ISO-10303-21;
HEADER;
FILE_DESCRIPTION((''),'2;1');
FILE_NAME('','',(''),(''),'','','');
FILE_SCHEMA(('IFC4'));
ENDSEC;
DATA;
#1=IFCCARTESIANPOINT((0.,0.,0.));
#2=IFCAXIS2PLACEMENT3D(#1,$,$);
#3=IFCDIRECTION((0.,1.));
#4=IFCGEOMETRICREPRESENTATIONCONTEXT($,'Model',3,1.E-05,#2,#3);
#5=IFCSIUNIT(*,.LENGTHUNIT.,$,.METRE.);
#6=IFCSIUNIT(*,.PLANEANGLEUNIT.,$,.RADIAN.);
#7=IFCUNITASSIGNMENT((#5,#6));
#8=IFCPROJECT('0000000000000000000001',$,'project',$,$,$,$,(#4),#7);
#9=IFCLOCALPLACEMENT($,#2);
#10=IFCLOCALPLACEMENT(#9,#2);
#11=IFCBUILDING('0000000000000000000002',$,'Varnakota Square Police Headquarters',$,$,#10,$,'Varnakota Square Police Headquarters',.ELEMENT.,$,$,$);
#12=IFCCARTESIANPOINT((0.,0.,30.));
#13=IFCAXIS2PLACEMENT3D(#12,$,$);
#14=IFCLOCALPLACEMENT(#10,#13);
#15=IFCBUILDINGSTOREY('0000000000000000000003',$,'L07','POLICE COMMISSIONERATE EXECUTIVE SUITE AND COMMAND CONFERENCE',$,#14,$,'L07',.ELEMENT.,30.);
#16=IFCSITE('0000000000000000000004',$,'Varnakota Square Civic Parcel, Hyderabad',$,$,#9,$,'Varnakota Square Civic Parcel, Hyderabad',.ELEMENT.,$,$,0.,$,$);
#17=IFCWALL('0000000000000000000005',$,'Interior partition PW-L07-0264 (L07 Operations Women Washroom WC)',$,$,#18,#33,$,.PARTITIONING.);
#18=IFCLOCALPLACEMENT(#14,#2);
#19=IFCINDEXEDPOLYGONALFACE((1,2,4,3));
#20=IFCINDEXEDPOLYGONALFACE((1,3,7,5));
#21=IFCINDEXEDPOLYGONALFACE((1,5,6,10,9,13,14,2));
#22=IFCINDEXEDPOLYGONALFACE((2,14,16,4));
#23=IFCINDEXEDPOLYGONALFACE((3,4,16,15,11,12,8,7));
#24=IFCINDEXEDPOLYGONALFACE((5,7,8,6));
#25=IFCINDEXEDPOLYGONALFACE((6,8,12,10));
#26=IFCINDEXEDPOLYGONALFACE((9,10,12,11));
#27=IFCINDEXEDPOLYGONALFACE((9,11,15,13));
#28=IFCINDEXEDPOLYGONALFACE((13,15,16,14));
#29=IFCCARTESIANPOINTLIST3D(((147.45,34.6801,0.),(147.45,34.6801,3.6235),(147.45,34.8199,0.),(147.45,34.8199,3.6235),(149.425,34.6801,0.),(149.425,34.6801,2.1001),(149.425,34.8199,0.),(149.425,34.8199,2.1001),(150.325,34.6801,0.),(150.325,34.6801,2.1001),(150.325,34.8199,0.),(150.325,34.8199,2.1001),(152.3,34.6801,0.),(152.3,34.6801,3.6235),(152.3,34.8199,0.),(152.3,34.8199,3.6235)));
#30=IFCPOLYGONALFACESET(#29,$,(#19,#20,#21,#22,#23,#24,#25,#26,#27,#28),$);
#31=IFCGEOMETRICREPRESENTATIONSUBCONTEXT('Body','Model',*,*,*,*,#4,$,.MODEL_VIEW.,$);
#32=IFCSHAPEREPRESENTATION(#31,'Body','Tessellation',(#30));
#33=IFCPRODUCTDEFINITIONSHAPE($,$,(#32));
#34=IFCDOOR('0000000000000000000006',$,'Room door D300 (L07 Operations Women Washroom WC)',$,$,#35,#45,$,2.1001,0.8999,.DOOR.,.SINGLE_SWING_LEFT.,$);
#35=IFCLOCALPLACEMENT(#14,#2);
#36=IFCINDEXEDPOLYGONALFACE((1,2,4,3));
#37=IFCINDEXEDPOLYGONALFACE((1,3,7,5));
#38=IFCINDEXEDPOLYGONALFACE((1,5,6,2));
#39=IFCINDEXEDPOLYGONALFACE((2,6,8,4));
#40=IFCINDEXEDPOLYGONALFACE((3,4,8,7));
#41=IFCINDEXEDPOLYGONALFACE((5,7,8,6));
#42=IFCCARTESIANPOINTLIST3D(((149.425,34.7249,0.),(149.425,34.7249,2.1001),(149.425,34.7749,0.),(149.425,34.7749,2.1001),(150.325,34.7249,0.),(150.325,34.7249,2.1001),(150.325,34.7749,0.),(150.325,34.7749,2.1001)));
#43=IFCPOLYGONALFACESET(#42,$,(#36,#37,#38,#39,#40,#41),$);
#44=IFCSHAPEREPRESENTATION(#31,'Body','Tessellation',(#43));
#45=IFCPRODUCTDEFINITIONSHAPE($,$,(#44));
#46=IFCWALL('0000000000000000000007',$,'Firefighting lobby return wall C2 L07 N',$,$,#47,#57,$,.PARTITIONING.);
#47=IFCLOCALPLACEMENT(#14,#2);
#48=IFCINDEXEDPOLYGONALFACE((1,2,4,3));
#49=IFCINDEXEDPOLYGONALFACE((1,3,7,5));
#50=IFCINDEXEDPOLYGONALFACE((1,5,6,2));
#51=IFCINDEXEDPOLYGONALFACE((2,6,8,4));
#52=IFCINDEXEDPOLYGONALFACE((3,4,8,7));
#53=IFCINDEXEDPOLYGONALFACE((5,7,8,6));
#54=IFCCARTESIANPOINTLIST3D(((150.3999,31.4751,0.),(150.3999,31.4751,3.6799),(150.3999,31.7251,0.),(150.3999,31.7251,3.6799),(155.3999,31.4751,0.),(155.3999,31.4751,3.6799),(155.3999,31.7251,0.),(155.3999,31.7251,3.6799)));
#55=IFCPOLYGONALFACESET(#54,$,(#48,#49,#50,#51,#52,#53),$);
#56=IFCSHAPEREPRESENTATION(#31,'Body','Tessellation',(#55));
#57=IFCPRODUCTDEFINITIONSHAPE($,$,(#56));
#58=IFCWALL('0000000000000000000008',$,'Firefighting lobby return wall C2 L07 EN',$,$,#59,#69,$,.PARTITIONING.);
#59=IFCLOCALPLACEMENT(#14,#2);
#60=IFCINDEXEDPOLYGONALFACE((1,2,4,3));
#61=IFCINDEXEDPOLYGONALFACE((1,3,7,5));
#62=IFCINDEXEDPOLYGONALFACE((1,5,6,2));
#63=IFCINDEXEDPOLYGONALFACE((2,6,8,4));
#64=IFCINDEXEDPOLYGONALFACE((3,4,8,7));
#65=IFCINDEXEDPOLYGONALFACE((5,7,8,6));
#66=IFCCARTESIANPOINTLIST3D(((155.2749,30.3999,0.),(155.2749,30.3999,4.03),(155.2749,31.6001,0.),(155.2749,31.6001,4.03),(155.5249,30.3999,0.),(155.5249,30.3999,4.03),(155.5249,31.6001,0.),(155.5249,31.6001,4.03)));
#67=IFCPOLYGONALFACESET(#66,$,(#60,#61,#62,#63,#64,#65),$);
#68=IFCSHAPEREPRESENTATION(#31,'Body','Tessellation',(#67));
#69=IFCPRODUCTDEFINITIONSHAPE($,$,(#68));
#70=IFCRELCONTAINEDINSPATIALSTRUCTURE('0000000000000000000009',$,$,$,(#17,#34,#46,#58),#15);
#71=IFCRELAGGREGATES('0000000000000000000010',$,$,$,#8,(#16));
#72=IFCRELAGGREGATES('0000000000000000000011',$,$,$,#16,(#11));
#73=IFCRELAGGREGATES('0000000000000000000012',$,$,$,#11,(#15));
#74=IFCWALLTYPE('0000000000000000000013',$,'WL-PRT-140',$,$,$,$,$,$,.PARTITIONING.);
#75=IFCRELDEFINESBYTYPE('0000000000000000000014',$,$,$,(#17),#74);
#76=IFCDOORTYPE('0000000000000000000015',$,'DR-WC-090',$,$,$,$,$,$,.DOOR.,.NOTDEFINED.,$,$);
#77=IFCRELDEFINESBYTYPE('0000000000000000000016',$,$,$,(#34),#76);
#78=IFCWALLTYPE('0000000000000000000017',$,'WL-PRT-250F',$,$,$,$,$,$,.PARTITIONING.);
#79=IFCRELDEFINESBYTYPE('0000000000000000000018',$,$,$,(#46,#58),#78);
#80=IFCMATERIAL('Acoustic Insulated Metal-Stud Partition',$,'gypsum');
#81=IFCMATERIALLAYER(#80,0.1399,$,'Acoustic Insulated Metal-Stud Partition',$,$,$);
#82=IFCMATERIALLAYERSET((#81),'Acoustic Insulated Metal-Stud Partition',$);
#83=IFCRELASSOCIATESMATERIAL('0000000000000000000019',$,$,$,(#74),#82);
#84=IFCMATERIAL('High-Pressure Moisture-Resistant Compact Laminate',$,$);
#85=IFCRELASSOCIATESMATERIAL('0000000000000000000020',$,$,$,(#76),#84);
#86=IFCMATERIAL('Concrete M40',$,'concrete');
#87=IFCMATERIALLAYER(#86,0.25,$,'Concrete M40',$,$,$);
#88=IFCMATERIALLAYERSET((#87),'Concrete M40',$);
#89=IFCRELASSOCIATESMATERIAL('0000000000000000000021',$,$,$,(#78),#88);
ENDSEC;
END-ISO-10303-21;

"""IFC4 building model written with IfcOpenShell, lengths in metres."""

from ifc_helpers import new_model, si_unit, direction, frame, frame_2d, origin, place, context, subcontext, project, spatial, rectangle, extrude, material, layer, layer_set, type_object, element, fill, save


model = new_model("IFC4")

# Units and contexts
model_context = context("Model", 3, precision=1e-05, world=origin(), true_north=direction((0.0, 1.0)))
body_context = subcontext(model_context, "Body", "Model", "MODEL_VIEW")
ifc_project = project(units=[si_unit("LENGTHUNIT", "METRE"), si_unit("PLANEANGLEUNIT", "RADIAN")], contexts=[model_context])

# Site, building, storey
site_placement = place(None, origin())
site = spatial("IfcSite", under=ifc_project, at=site_placement, Name="Varnakota Square Civic Parcel, Hyderabad", LongName="Varnakota Square Civic Parcel, Hyderabad", CompositionType="ELEMENT", RefElevation=0.0)
building_placement = place(site_placement, origin())
building = spatial("IfcBuilding", under=site, at=building_placement, Name="Varnakota Square Police Headquarters", LongName="Varnakota Square Police Headquarters", CompositionType="ELEMENT")
storey_placement = place(building_placement, frame((0.0, 0.0, 30.0)))
storey = spatial("IfcBuildingStorey", under=building, at=storey_placement, Name="L07", Description="POLICE COMMISSIONERATE EXECUTIVE SUITE AND COMMAND CONFERENCE", LongName="L07", CompositionType="ELEMENT", Elevation=30.0)

# Shared definitions
ifc_material_1 = material(Name="Concrete M40", Category="concrete")

# Wall, opening, door
ifc_material_2 = material(Name="Acoustic Insulated Metal-Stud Partition", Category="gypsum")
ifc_layer_1 = layer(ifc_material_2, 0.1399, Name="Acoustic Insulated Metal-Stud Partition")
ifc_layer_set_1 = layer_set([ifc_layer_1], Name="Acoustic Insulated Metal-Stud Partition")
wall_type_1 = type_object("IfcWallType", Name="WL-PRT-140", PredefinedType="PARTITIONING", material=ifc_layer_set_1)
wall_1_placement = place(storey_placement, frame((147.45, 34.75, 0.0), z_axis=(0.0, 0.0, 1.0), x_axis=(1.0, 0.0, 0.0)))
wall_1 = element("IfcWall", 1, at=wall_1_placement, inside=storey, type_object=wall_type_1, Name="Interior partition PW-L07-0264 (L07 Operations Women Washroom WC)", PredefinedType="PARTITIONING", context=body_context, shape_type="SweptSolid", body=[
    extrude(rectangle(XDim=4.8501, YDim=0.1399, at=frame_2d((2.425, 0.0))), origin(), (0.0, 0.0, 1.0), 3.6235),
])
opening_1_placement = place(wall_1_placement, frame((1.9751, 0.0, 0.0)))
opening_1 = element("IfcOpeningElement", 2, at=opening_1_placement, cuts=wall_1, PredefinedType="OPENING", context=body_context, shape_type="SweptSolid", body=[
    extrude(rectangle(XDim=0.8999, YDim=2.1001, at=frame_2d((0.45, 1.05))), frame((0.0, 0.0798, 0.0), z_axis=(0.0, -1.0, 0.0), x_axis=(1.0, 0.0, 0.0)), (0.0, 0.0, 1.0), 0.1599),
])
ifc_material_3 = material(Name="High-Pressure Moisture-Resistant Compact Laminate")
door_type_1 = type_object("IfcDoorType", Name="DR-WC-090", OperationType="NOTDEFINED", PredefinedType="DOOR", material=ifc_material_3)
door_1_placement = place(opening_1_placement, origin())
door_1 = element("IfcDoor", 3, at=door_1_placement, inside=storey, type_object=door_type_1, Name="Room door D300 (L07 Operations Women Washroom WC)", OperationType="SINGLE_SWING_LEFT", OverallHeight=2.1001, OverallWidth=0.8999, PredefinedType="DOOR", context=body_context, shape_type="SweptSolid", body=[
    extrude(rectangle(XDim=0.8999, YDim=2.1001, at=frame_2d((0.45, 1.05))), frame((0.0, 0.0249, 0.0), z_axis=(0.0, -1.0, 0.0), x_axis=(1.0, 0.0, 0.0)), (0.0, 0.0, 1.0), 0.05),
])
fill(opening_1, door_1)

# Walls
ifc_layer_2 = layer(ifc_material_1, 0.25, Name="Concrete M40")
ifc_layer_set_2 = layer_set([ifc_layer_2], Name="Concrete M40")
wall_type_2 = type_object("IfcWallType", Name="WL-PRT-250F", PredefinedType="PARTITIONING", material=ifc_layer_set_2)
wall_2_placement = place(storey_placement, frame((150.3999, 31.6001, 0.0), z_axis=(0.0, 0.0, 1.0), x_axis=(1.0, 0.0, 0.0)))
element("IfcWall", 4, at=wall_2_placement, inside=storey, type_object=wall_type_2, Name="Firefighting lobby return wall C2 L07 N", PredefinedType="PARTITIONING", context=body_context, shape_type="SweptSolid", body=[
    extrude(rectangle(XDim=5.0, YDim=0.25, at=frame_2d((2.5, 0.0))), origin(), (0.0, 0.0, 1.0), 3.6799),
])
wall_3_placement = place(storey_placement, frame((155.3999, 30.3999, 0.0), z_axis=(0.0, 0.0, 1.0), x_axis=(0.0, 1.0, 0.0)))
element("IfcWall", 5, at=wall_3_placement, inside=storey, type_object=wall_type_2, Name="Firefighting lobby return wall C2 L07 EN", PredefinedType="PARTITIONING", context=body_context, shape_type="SweptSolid", body=[
    extrude(rectangle(XDim=1.2002, YDim=0.25, at=frame_2d((0.6001, 0.0))), origin(), (0.0, 0.0, 1.0), 4.03),
])

save(model, "model.ifc")
